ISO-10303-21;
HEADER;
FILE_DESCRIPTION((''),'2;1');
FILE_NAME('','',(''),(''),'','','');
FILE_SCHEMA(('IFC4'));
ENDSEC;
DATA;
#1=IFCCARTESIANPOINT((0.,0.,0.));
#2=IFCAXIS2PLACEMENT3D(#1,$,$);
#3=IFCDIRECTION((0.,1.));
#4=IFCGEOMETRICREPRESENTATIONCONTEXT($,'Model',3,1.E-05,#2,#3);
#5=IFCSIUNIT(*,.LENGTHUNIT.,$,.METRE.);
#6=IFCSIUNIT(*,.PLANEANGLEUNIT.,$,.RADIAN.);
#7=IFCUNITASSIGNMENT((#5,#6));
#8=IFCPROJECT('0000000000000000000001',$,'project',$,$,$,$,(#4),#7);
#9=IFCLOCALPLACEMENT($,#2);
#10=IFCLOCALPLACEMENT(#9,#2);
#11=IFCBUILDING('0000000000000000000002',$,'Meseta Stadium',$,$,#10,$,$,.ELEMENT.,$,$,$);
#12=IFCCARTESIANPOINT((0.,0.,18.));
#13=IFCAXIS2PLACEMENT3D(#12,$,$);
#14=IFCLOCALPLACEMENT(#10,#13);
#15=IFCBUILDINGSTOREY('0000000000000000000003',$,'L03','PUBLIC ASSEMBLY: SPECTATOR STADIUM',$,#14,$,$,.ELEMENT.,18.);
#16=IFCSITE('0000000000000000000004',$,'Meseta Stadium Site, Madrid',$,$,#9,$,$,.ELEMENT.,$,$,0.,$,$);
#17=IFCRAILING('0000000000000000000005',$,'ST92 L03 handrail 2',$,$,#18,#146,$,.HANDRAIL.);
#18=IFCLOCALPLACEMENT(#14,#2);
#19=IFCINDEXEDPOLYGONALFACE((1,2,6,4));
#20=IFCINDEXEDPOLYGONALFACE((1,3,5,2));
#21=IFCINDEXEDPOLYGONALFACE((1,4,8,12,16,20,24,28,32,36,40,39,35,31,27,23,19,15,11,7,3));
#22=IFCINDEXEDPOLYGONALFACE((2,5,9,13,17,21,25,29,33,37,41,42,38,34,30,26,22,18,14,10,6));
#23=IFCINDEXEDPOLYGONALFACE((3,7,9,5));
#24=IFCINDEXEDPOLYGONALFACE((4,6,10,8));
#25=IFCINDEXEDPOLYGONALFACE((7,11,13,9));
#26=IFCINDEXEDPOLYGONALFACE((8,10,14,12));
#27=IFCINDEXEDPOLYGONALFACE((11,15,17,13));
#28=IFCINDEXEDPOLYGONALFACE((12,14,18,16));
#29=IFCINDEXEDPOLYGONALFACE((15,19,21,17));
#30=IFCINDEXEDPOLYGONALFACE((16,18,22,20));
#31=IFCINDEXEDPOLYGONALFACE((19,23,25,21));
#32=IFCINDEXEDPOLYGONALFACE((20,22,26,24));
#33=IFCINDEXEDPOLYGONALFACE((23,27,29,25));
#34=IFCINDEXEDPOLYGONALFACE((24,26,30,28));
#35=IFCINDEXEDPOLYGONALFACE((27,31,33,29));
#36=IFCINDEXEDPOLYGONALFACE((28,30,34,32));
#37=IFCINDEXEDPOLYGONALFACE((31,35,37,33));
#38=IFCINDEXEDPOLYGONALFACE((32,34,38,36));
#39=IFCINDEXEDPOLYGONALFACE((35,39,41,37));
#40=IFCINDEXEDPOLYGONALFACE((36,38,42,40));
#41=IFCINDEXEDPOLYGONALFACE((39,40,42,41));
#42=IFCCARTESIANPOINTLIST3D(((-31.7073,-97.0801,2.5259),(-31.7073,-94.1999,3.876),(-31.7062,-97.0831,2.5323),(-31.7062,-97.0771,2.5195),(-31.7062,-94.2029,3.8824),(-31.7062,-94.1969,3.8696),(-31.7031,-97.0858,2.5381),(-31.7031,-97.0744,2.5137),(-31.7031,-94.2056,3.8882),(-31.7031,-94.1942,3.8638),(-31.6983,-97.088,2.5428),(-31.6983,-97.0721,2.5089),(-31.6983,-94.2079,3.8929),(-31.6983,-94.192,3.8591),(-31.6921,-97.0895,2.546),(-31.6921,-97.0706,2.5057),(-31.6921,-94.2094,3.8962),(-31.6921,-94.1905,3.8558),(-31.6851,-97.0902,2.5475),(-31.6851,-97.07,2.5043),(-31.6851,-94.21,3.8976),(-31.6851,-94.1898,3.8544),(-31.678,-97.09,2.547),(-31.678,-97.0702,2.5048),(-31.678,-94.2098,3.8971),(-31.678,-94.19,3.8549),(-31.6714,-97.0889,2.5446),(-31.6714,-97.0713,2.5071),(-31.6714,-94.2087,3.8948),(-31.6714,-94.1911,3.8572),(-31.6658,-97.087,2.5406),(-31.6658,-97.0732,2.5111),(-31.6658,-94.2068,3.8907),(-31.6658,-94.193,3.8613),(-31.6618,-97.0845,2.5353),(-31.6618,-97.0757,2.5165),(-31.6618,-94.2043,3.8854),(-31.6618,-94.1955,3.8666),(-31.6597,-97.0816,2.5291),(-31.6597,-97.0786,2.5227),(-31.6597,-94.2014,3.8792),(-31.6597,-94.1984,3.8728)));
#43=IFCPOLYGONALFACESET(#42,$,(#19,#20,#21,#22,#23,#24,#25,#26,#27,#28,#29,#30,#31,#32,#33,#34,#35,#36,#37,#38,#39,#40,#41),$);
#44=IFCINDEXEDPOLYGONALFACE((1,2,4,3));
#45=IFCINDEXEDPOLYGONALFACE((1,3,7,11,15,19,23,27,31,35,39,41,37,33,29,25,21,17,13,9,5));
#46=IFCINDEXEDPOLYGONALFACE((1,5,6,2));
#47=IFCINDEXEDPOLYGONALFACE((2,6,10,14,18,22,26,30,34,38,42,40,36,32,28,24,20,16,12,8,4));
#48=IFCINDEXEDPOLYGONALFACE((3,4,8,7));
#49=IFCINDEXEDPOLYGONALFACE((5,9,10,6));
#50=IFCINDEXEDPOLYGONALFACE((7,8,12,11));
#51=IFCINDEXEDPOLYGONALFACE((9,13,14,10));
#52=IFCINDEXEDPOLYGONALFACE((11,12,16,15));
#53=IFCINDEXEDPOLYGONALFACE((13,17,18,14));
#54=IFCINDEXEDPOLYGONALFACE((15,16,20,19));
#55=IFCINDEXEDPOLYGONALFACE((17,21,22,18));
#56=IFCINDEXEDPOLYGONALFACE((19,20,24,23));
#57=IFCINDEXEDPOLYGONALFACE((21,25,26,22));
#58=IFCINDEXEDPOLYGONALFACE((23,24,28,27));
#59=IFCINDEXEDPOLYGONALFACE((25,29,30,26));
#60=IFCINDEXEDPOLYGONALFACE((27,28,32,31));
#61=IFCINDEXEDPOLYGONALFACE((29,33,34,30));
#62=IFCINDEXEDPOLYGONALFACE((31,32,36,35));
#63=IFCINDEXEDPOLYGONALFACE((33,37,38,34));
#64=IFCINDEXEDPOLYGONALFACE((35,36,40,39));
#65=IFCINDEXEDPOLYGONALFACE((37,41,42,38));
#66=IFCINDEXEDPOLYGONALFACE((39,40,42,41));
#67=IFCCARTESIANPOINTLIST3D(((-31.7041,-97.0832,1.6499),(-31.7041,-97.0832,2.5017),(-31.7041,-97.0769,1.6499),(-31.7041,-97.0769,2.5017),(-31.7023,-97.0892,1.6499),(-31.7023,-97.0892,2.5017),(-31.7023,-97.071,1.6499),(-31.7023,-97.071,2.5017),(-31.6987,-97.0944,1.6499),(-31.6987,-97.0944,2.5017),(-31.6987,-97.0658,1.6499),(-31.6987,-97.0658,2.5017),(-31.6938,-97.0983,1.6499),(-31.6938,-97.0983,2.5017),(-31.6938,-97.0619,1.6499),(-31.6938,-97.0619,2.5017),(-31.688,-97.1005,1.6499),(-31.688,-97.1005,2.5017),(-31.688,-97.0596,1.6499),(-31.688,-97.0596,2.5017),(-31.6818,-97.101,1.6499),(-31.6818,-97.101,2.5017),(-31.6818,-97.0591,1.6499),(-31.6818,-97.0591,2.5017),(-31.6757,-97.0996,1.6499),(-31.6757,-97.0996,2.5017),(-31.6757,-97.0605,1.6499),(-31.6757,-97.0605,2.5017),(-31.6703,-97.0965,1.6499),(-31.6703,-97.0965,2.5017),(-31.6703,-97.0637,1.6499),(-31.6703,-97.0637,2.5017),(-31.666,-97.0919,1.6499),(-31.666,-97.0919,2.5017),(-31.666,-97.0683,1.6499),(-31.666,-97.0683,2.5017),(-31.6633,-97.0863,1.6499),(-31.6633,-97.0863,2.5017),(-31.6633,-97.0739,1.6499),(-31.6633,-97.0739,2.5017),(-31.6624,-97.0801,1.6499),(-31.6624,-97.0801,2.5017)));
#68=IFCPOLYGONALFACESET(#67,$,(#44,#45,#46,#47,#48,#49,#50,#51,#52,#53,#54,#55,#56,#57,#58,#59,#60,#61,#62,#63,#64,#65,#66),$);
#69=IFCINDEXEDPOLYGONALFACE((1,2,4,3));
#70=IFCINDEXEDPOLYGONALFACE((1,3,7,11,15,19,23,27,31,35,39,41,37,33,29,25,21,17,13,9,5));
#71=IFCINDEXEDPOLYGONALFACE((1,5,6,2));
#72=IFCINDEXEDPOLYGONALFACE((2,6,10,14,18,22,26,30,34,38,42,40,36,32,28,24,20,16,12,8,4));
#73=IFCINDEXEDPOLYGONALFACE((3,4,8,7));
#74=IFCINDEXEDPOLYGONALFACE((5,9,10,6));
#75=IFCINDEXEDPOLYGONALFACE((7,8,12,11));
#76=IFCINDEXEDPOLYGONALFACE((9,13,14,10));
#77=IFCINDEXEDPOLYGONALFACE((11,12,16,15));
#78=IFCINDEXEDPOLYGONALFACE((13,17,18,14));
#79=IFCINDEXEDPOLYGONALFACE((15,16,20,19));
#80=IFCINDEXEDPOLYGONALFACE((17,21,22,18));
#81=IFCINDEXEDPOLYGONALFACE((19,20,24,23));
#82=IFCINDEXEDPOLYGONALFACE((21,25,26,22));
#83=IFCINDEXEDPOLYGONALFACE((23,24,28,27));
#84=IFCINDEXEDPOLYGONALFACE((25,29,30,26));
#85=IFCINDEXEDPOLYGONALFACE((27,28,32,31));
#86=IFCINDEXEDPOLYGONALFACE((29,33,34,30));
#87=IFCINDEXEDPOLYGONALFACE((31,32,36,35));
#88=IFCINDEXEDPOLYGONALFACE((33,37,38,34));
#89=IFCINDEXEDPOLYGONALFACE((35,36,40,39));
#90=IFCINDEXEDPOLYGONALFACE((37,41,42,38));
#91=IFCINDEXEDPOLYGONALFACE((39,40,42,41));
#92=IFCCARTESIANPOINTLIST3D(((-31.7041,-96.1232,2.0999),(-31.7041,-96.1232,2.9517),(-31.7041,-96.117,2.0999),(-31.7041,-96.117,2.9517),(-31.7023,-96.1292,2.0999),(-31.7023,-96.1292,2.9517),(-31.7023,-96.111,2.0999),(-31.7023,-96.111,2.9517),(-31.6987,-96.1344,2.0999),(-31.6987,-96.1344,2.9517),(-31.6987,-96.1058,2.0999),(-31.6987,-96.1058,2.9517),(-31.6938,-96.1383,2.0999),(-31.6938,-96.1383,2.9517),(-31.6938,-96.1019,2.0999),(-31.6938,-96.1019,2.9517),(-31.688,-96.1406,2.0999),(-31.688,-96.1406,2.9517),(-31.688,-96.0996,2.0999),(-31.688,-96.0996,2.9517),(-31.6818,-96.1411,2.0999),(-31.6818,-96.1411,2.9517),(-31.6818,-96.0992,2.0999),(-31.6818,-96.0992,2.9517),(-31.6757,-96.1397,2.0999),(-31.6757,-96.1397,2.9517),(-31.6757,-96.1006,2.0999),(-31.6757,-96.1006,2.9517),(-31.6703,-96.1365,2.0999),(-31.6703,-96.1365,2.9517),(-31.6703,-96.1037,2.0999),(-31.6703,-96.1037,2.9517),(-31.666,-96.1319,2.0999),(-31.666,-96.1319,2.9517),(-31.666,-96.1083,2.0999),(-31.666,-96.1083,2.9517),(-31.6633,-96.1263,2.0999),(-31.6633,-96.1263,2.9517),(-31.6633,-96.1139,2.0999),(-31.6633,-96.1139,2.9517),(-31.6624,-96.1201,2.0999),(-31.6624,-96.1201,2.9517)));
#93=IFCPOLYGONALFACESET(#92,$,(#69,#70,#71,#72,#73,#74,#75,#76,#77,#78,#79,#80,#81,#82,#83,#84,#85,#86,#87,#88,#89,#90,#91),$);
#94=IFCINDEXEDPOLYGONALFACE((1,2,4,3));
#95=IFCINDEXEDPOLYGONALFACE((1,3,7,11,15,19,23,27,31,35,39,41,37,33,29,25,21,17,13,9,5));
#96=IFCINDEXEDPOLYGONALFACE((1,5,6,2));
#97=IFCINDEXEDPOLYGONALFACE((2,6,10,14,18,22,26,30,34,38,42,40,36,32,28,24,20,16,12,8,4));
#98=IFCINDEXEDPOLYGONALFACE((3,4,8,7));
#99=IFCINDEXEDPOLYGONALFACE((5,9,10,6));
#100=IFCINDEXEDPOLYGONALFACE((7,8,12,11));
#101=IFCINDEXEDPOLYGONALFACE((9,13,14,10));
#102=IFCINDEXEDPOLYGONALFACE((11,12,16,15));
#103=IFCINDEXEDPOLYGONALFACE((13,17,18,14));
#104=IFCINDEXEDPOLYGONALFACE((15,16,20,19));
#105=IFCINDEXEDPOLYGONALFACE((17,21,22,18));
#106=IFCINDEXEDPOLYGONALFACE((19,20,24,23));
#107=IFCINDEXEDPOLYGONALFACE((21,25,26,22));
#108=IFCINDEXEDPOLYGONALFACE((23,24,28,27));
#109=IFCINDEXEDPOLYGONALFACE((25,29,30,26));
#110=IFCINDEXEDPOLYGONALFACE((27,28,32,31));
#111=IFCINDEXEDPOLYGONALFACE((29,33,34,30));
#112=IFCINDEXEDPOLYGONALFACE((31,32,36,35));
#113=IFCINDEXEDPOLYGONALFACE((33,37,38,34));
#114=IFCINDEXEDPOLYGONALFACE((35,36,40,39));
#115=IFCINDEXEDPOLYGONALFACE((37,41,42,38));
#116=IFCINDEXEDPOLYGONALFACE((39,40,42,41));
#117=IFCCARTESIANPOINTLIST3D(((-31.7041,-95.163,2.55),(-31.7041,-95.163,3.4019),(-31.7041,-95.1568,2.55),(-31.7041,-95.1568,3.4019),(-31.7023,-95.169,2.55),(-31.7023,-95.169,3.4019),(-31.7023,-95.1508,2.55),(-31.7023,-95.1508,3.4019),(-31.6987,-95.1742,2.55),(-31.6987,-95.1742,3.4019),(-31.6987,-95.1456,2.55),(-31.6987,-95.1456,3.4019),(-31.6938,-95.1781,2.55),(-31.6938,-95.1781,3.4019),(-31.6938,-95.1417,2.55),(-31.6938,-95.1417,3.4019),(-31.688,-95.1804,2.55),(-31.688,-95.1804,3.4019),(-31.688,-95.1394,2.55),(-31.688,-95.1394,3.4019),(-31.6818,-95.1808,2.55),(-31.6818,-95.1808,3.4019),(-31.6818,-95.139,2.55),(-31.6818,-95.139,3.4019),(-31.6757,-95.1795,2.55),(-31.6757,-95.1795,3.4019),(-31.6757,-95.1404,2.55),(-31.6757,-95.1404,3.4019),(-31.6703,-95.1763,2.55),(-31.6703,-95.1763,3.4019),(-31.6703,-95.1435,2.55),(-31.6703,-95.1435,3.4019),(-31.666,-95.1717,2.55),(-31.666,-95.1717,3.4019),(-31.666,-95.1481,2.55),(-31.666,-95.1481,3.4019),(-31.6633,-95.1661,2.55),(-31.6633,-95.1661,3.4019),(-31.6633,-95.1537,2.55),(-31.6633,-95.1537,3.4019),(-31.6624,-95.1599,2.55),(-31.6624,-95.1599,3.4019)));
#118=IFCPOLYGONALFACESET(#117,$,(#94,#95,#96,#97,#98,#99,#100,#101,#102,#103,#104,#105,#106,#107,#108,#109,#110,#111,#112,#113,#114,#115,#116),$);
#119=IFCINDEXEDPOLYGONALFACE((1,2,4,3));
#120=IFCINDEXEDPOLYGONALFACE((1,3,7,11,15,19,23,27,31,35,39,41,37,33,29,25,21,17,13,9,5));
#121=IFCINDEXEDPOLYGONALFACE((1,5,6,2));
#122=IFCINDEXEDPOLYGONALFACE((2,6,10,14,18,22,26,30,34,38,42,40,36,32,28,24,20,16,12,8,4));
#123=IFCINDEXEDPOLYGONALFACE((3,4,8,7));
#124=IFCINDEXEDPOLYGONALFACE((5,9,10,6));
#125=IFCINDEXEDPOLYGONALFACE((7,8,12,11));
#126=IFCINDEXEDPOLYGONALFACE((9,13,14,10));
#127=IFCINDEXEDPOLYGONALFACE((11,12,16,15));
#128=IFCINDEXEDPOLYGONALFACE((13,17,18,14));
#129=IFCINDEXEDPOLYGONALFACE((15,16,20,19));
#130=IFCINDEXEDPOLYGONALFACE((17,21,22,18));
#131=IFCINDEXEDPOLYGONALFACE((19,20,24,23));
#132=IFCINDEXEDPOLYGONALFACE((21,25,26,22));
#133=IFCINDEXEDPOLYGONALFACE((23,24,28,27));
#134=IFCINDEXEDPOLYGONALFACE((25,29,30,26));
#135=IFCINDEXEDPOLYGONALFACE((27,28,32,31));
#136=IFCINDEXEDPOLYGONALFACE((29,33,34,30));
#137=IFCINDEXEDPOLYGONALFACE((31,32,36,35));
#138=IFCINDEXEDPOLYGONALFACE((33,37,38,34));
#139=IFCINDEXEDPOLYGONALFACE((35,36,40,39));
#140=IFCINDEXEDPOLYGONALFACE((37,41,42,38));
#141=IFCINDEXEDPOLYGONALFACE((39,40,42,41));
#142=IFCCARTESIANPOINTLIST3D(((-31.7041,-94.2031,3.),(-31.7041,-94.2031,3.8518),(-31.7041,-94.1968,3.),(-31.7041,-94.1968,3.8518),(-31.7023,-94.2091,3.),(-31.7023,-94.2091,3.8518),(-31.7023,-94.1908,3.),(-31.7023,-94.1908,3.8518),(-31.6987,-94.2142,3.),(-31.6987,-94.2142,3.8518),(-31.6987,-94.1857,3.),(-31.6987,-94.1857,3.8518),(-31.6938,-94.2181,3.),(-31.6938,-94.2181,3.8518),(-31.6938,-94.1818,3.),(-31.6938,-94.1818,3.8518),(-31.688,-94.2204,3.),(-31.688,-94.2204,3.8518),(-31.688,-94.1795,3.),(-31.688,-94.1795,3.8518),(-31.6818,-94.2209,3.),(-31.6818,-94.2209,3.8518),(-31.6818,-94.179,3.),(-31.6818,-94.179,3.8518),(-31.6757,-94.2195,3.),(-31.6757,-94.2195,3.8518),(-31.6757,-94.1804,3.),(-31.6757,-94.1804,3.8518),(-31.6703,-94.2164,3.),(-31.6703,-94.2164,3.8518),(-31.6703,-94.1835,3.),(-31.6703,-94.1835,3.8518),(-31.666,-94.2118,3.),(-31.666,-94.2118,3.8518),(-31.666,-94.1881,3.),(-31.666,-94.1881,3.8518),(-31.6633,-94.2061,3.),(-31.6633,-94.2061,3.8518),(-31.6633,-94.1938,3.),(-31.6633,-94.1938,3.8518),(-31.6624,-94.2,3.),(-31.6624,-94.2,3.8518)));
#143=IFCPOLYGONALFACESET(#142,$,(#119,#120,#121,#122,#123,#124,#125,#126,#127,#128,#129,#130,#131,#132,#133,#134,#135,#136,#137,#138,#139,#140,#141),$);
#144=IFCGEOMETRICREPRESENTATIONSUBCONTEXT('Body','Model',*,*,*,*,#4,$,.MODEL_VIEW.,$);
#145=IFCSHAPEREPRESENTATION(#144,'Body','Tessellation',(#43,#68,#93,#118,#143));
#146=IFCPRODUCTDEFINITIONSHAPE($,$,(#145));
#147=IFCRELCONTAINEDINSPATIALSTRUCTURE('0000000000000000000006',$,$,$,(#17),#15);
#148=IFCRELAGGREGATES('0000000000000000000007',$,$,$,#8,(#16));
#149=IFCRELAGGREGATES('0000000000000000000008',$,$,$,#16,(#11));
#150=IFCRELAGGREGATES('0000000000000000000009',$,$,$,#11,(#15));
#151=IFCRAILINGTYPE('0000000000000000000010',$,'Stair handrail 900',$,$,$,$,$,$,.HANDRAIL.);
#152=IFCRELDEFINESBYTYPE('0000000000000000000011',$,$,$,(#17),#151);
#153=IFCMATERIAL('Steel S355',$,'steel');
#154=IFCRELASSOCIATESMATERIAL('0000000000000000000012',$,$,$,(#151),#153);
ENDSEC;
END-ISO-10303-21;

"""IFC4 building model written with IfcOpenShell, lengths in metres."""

from ifc_helpers import new_model, si_unit, direction, frame, origin, origin_2d, place, context, subcontext, project, spatial, circle, extrude, material, type_object, element, save


model = new_model("IFC4")

# Units and contexts
model_context = context("Model", 3, precision=1e-05, world=origin(), true_north=direction((0.0, 1.0)))
body_context = subcontext(model_context, "Body", "Model", "MODEL_VIEW")
ifc_project = project(units=[si_unit("LENGTHUNIT", "METRE"), si_unit("PLANEANGLEUNIT", "RADIAN")], contexts=[model_context])

# Site, building, storey
site_placement = place(None, origin())
site = spatial("IfcSite", under=ifc_project, at=site_placement, Name="Meseta Stadium Site, Madrid", CompositionType="ELEMENT", RefElevation=0.0)
building_placement = place(site_placement, origin())
building = spatial("IfcBuilding", under=site, at=building_placement, Name="Meseta Stadium", CompositionType="ELEMENT")
storey_placement = place(building_placement, frame((0.0, 0.0, 18.0)))
storey = spatial("IfcBuildingStorey", under=building, at=storey_placement, Name="L03", Description="PUBLIC ASSEMBLY: SPECTATOR STADIUM", CompositionType="ELEMENT", Elevation=18.0)

# Railing
ifc_material_1 = material(Name="Steel S355", Category="steel")
railing_type_1 = type_object("IfcRailingType", Name="Stair handrail 900", PredefinedType="HANDRAIL", material=ifc_material_1)
for number, where, name in (
    (1, (-31.6833, -97.0801, 1.6499), "ST92 L03 handrail 2"),
):
    element("IfcRailing", number, at=place(storey_placement, frame(where)), inside=storey, type_object=railing_type_1, Name=name, PredefinedType="HANDRAIL", context=body_context, shape_type="SweptSolid", body=[
        extrude(circle(Radius=0.0239, at=origin_2d()), frame((0.0, 0.0, 0.876), z_axis=(0.0, 0.905454, 0.424444), x_axis=(-1.0, 0.0, 0.0)), (0.0, 0.0, 1.0), 3.1809),
        extrude(circle(Radius=0.021, at=origin_2d()), origin(), (0.0, 0.0, 1.0), 0.8518),
        extrude(circle(Radius=0.021, at=origin_2d()), frame((0.0, 0.96, 0.45)), (0.0, 0.0, 1.0), 0.8518),
        extrude(circle(Radius=0.021, at=origin_2d()), frame((0.0, 1.9202, 0.9001)), (0.0, 0.0, 1.0), 0.8518),
        extrude(circle(Radius=0.021, at=origin_2d()), frame((0.0, 2.8801, 1.3501)), (0.0, 0.0, 1.0), 0.8518),
    ])

save(model, "model.ifc")
